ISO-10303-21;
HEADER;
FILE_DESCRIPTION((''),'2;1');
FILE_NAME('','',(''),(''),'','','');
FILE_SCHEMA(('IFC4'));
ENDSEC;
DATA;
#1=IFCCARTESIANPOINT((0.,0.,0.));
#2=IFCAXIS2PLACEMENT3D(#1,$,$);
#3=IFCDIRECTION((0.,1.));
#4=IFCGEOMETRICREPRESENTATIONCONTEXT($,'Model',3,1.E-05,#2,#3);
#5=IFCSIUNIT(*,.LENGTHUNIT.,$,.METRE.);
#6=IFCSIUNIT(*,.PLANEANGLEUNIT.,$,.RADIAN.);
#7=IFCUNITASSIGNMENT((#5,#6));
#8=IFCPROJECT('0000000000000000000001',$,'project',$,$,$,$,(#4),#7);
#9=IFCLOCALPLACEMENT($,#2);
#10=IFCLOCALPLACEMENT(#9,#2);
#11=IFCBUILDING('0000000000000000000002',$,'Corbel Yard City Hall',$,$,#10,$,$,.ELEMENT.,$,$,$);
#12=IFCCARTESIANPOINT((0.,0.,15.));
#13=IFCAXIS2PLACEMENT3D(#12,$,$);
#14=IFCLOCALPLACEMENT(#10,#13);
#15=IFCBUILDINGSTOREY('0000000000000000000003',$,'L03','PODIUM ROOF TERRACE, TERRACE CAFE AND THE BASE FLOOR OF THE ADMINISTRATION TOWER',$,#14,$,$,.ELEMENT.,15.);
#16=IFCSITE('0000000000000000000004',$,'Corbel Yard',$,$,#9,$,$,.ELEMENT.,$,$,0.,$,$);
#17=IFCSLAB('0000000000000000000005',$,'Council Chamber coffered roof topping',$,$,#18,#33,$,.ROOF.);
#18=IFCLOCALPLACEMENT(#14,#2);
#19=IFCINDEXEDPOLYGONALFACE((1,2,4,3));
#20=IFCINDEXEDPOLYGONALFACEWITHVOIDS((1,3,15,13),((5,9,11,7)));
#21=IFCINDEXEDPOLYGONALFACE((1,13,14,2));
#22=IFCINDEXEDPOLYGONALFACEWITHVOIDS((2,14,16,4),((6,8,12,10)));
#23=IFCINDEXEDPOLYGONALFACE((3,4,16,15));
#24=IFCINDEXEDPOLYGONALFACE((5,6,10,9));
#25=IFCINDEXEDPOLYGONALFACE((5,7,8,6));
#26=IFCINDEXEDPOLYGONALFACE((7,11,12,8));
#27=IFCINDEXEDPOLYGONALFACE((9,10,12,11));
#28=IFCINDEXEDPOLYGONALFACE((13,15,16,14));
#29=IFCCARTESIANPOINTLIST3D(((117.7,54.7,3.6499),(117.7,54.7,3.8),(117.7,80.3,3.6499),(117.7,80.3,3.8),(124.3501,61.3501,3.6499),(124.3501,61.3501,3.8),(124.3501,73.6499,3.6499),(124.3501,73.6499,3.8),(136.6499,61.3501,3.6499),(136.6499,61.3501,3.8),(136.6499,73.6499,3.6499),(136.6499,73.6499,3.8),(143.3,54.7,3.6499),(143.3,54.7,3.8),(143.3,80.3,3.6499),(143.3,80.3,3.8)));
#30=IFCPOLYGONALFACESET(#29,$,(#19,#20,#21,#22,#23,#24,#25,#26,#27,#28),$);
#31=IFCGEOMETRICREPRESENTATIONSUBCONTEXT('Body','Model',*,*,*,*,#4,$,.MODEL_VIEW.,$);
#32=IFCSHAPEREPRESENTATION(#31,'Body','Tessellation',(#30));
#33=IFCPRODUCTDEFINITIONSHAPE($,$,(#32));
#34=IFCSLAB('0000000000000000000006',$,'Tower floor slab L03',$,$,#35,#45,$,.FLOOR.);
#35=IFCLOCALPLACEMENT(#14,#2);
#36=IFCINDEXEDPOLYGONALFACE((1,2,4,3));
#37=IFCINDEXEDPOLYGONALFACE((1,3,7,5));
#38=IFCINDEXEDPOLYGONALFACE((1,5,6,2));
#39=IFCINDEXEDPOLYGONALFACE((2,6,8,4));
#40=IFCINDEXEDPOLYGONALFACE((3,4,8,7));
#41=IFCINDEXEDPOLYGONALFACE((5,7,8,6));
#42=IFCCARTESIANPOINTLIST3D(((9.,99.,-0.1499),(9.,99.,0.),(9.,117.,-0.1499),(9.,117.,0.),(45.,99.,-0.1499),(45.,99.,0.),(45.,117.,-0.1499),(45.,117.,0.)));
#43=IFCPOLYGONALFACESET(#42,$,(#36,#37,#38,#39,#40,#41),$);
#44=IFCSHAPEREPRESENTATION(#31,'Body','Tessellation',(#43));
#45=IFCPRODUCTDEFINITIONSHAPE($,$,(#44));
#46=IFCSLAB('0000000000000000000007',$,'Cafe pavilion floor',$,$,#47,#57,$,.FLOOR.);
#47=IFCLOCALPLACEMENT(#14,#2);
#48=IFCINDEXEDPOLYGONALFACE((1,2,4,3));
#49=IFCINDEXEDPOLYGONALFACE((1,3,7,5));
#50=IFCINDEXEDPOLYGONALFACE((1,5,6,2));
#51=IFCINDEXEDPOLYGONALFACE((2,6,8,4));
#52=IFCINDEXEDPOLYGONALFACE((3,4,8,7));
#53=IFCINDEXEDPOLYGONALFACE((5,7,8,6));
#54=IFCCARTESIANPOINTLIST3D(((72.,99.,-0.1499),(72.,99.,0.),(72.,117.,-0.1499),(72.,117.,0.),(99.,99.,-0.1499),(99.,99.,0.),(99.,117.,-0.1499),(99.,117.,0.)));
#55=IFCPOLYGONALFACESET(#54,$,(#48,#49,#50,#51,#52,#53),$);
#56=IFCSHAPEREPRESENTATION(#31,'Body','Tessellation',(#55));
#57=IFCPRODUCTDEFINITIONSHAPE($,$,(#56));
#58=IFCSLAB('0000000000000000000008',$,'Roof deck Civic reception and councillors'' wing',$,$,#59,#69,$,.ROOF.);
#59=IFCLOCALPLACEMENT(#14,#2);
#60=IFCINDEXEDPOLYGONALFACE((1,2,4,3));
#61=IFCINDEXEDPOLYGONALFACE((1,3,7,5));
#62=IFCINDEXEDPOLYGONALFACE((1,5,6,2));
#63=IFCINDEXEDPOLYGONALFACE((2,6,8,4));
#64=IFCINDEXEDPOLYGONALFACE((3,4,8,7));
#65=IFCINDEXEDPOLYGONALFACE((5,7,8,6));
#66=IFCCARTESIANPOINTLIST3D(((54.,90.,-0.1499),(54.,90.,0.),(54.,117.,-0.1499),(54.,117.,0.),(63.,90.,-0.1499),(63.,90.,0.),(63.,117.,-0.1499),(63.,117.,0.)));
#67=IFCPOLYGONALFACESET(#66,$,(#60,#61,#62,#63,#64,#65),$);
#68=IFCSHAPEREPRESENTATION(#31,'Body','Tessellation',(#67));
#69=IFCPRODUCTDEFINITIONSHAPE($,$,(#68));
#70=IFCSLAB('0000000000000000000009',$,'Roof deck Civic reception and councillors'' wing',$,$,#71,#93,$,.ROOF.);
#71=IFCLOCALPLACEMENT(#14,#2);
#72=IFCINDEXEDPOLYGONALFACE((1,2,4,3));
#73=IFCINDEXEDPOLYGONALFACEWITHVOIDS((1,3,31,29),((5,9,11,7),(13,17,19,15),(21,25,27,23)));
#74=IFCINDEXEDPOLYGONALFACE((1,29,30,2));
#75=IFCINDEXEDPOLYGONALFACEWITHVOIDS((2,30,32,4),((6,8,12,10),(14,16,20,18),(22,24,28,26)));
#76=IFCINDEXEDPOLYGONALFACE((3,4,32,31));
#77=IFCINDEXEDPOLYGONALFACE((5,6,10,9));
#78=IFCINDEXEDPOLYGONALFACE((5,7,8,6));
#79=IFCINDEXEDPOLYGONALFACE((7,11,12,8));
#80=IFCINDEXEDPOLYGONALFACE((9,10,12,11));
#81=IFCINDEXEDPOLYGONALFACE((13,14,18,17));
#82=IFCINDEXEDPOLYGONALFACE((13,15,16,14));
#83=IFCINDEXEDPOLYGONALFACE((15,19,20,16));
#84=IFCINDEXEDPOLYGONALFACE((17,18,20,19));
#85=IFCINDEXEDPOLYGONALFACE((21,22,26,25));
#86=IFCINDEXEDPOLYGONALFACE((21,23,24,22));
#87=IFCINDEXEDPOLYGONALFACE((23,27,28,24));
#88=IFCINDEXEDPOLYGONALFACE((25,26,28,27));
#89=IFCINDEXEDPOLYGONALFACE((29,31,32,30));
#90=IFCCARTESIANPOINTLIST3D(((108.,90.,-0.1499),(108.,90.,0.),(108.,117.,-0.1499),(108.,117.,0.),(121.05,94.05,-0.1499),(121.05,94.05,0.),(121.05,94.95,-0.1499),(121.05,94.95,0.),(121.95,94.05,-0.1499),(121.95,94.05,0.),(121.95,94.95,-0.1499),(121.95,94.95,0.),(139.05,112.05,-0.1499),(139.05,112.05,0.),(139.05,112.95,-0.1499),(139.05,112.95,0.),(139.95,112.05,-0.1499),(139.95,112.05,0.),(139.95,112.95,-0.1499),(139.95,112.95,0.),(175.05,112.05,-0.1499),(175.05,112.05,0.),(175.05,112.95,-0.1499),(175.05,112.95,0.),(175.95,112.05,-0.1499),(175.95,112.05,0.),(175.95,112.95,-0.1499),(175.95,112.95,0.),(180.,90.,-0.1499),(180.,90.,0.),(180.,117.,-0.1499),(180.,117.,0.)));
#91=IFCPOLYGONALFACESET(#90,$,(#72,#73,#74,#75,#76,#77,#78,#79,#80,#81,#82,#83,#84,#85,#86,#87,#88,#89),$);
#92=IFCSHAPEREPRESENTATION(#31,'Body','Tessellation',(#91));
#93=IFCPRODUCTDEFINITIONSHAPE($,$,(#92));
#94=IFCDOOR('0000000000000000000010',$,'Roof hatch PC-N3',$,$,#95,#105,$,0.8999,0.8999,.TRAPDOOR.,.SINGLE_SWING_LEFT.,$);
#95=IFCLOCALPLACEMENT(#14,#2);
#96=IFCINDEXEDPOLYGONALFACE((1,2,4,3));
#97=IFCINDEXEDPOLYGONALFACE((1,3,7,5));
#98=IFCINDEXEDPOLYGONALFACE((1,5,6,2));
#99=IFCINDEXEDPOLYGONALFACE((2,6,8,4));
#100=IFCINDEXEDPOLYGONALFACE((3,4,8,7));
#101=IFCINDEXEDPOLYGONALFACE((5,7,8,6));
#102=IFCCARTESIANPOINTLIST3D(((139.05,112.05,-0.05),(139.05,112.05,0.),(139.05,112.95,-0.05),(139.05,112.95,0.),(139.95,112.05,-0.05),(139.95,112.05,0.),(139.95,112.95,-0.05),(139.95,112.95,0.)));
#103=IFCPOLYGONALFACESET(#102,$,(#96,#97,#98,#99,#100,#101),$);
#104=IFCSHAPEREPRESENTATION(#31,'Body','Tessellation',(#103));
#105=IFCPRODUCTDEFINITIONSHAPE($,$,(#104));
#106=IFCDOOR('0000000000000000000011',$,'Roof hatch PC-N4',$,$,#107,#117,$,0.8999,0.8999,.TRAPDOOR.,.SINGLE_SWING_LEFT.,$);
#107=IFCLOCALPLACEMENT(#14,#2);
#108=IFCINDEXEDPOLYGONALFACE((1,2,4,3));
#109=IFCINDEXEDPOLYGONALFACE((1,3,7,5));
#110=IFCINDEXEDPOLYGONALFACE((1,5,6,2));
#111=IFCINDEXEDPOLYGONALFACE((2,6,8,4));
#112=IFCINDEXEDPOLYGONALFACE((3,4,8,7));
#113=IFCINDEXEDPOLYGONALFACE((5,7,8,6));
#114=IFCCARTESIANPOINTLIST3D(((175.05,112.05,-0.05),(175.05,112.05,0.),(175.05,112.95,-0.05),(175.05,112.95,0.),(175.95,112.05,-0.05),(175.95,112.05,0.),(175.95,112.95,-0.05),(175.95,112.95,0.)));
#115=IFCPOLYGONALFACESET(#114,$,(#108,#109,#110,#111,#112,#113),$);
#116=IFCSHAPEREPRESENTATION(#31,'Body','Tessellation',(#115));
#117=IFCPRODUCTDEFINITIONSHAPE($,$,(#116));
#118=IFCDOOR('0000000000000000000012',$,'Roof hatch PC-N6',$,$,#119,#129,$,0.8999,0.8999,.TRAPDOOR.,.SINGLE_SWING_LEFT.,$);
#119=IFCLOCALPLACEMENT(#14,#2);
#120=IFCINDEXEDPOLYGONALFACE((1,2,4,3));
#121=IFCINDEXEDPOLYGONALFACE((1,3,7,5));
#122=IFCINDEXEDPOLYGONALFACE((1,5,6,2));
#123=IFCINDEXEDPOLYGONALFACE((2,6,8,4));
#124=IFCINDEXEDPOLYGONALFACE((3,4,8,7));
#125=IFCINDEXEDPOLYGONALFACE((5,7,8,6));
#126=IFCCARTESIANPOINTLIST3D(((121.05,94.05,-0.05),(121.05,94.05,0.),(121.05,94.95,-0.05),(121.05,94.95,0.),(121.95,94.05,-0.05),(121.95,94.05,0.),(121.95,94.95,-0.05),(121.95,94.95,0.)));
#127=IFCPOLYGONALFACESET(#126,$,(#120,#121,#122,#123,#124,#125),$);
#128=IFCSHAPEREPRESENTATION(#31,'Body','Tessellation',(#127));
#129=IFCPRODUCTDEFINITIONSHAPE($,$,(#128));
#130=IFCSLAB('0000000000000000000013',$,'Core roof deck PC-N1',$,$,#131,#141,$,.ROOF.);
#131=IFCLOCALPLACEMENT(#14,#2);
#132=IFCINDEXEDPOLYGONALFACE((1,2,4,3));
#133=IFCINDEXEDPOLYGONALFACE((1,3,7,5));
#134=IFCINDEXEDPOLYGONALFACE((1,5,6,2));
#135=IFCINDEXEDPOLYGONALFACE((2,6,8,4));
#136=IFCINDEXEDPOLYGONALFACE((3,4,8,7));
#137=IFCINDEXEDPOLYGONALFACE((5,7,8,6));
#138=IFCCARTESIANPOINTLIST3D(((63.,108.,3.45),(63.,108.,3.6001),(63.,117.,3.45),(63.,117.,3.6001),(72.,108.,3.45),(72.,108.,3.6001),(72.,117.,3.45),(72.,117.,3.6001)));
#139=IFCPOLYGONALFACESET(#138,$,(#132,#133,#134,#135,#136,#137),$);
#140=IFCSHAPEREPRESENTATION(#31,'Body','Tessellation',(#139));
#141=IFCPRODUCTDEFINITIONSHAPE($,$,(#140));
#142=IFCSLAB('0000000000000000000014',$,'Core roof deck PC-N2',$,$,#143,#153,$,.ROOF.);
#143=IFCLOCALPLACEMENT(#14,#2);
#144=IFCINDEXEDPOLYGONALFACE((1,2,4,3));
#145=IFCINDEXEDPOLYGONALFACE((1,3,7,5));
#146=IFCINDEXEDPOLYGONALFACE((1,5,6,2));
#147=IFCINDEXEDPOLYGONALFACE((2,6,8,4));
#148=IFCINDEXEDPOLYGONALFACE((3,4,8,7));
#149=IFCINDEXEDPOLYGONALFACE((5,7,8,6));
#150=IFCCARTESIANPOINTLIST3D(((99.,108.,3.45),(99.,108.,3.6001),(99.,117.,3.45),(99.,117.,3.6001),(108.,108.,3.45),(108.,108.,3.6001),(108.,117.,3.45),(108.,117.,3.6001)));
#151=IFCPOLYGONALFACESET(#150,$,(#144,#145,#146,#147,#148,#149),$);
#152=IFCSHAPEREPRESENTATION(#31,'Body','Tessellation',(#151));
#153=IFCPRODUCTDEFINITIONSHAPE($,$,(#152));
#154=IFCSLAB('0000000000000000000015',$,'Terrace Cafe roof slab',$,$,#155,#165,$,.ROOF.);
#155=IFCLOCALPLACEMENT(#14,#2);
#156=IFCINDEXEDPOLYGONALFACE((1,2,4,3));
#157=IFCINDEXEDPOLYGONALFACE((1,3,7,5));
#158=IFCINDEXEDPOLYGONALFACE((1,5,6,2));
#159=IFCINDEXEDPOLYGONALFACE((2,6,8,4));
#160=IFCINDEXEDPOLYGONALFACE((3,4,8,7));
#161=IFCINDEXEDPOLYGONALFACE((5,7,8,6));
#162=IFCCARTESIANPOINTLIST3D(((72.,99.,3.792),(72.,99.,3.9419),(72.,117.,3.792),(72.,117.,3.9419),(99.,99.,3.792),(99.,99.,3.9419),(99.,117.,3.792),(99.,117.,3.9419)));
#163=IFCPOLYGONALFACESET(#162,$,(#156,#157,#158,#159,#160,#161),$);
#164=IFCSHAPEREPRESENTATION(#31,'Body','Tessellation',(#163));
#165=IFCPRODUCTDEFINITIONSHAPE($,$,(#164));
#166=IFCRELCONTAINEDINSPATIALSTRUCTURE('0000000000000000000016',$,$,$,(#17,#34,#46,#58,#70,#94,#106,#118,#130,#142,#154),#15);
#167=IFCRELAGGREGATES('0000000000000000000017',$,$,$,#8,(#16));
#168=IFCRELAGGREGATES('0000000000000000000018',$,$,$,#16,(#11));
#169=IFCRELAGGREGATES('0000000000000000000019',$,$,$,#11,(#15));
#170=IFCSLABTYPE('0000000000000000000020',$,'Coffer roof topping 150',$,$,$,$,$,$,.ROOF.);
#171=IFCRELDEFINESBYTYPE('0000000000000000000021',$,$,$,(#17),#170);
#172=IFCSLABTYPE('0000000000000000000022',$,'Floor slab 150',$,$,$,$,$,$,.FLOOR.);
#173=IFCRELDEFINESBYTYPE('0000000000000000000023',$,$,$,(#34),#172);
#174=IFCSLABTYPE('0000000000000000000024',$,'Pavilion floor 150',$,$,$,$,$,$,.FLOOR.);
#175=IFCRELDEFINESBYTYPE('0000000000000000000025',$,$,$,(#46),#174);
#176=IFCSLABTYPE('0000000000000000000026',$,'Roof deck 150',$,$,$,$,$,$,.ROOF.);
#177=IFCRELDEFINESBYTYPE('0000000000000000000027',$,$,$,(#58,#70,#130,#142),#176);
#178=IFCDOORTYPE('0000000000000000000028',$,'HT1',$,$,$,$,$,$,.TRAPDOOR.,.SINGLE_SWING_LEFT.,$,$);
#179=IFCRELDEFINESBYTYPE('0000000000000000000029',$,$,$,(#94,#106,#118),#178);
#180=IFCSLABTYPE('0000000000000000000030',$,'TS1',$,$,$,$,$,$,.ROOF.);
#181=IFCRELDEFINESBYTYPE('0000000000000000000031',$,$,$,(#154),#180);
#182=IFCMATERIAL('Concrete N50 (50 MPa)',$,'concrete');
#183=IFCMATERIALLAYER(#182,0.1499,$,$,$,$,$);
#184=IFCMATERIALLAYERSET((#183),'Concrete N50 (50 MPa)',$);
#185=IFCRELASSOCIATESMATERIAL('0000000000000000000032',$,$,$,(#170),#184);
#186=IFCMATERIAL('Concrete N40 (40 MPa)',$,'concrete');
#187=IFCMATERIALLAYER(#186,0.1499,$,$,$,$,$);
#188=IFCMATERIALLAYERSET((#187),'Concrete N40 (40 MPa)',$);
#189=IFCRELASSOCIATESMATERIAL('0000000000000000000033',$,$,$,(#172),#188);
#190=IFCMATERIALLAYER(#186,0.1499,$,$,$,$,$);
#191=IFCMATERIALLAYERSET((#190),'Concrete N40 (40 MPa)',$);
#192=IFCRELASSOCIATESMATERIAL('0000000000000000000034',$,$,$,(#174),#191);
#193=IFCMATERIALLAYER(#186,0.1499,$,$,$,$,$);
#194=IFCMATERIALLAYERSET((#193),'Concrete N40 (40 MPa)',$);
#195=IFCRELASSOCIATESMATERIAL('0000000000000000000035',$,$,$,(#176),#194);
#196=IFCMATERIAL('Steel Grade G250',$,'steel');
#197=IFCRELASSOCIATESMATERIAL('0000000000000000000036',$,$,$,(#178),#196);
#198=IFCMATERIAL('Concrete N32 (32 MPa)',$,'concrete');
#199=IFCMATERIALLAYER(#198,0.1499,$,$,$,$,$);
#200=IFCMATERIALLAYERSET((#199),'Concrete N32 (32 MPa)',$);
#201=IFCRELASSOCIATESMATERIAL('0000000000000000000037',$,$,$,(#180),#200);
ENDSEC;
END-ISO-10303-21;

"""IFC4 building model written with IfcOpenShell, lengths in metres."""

from ifc_helpers import new_model, si_unit, direction, frame, origin, origin_2d, place, context, subcontext, project, spatial, polyline, rectangle, outline, extrude, material, layer, layer_set, type_object, element, fill, save


model = new_model("IFC4")

# Units and contexts
model_context = context("Model", 3, precision=1e-05, world=origin(), true_north=direction((0.0, 1.0)))
body_context = subcontext(model_context, "Body", "Model", "MODEL_VIEW")
ifc_project = project(units=[si_unit("LENGTHUNIT", "METRE"), si_unit("PLANEANGLEUNIT", "RADIAN")], contexts=[model_context])

# Site, building, storey
site_placement = place(None, origin())
site = spatial("IfcSite", under=ifc_project, at=site_placement, Name="Corbel Yard", CompositionType="ELEMENT", RefElevation=0.0)
building_placement = place(site_placement, origin())
building = spatial("IfcBuilding", under=site, at=building_placement, Name="Corbel Yard City Hall", CompositionType="ELEMENT")
storey_placement = place(building_placement, frame((0.0, 0.0, 15.0)))
storey = spatial("IfcBuildingStorey", under=building, at=storey_placement, Name="L03", Description="PODIUM ROOF TERRACE, TERRACE CAFE AND THE BASE FLOOR OF THE ADMINISTRATION TOWER", CompositionType="ELEMENT", Elevation=15.0)

# Slabs
ifc_material_1 = material(Name="Concrete N50 (50 MPa)", Category="concrete")
ifc_layer_1 = layer(ifc_material_1, 0.1499)
ifc_layer_set_1 = layer_set([ifc_layer_1], Name="Concrete N50 (50 MPa)")
slab_type_1 = type_object("IfcSlabType", Name="Coffer roof topping 150", PredefinedType="ROOF", material=ifc_layer_set_1)
slab_1_placement = place(storey_placement, frame((0.0, 0.0, 3.6499)))
element("IfcSlab", 1, at=slab_1_placement, inside=storey, type_object=slab_type_1, Name="Council Chamber coffered roof topping", PredefinedType="ROOF", context=body_context, shape_type="SweptSolid", body=[
    extrude(outline(polyline([(117.7, 54.7), (143.3, 54.7), (143.3, 80.3), (117.7, 80.3), (117.7, 54.7)]), holes=[polyline([(136.6499, 73.6499), (136.6499, 61.3501), (124.3501, 61.3501), (124.3501, 73.6499), (136.6499, 73.6499)])]), origin(), (0.0, 0.0, 1.0), 0.1501),
])
ifc_material_2 = material(Name="Concrete N40 (40 MPa)", Category="concrete")
ifc_layer_2 = layer(ifc_material_2, 0.1499)
ifc_layer_set_2 = layer_set([ifc_layer_2], Name="Concrete N40 (40 MPa)")
slab_type_2 = type_object("IfcSlabType", Name="Floor slab 150", PredefinedType="FLOOR", material=ifc_layer_set_2)
slab_2_placement = place(storey_placement, frame((0.0, 0.0, -0.1499)))
element("IfcSlab", 2, at=slab_2_placement, inside=storey, type_object=slab_type_2, Name="Tower floor slab L03", PredefinedType="FLOOR", context=body_context, shape_type="SweptSolid", body=[
    extrude(outline(polyline([(45.0, 99.0), (45.0, 117.0), (9.0, 117.0), (9.0, 99.0), (45.0, 99.0)])), origin(), (0.0, 0.0, 1.0), 0.1499),
])
ifc_layer_3 = layer(ifc_material_2, 0.1499)
ifc_layer_set_3 = layer_set([ifc_layer_3], Name="Concrete N40 (40 MPa)")
slab_type_3 = type_object("IfcSlabType", Name="Pavilion floor 150", PredefinedType="FLOOR", material=ifc_layer_set_3)
slab_3_placement = place(storey_placement, frame((0.0, 0.0, -0.1499)))
element("IfcSlab", 3, at=slab_3_placement, inside=storey, type_object=slab_type_3, Name="Cafe pavilion floor", PredefinedType="FLOOR", context=body_context, shape_type="SweptSolid", body=[
    extrude(outline(polyline([(99.0, 99.0), (99.0, 117.0), (72.0, 117.0), (72.0, 99.0), (99.0, 99.0)])), origin(), (0.0, 0.0, 1.0), 0.1499),
])
ifc_layer_4 = layer(ifc_material_2, 0.1499)
ifc_layer_set_4 = layer_set([ifc_layer_4], Name="Concrete N40 (40 MPa)")
slab_type_4 = type_object("IfcSlabType", Name="Roof deck 150", PredefinedType="ROOF", material=ifc_layer_set_4)
slab_4_placement = place(storey_placement, frame((0.0, 0.0, -0.1499)))
element("IfcSlab", 4, at=slab_4_placement, inside=storey, type_object=slab_type_4, Name="Roof deck Civic reception and councillors' wing", PredefinedType="ROOF", context=body_context, shape_type="SweptSolid", body=[
    extrude(outline(polyline([(54.0, 90.0), (63.0, 90.0), (63.0, 117.0), (54.0, 117.0), (54.0, 90.0)])), origin(), (0.0, 0.0, 1.0), 0.1499),
])

# Slab, openings, doors
slab_5_placement = place(storey_placement, frame((0.0, 0.0, -0.1499)))
slab_5 = element("IfcSlab", 5, at=slab_5_placement, inside=storey, type_object=slab_type_4, Name="Roof deck Civic reception and councillors' wing", PredefinedType="ROOF", context=body_context, shape_type="SweptSolid", body=[
    extrude(outline(polyline([(180.0, 117.0), (108.0, 117.0), (108.0, 90.0), (180.0, 90.0), (180.0, 117.0)])), origin(), (0.0, 0.0, 1.0), 0.1499),
])
opening_1_placement = place(slab_5_placement, frame((139.5, 112.5, 0.0)))
opening_1 = element("IfcOpeningElement", 6, at=opening_1_placement, cuts=slab_5, PredefinedType="OPENING", context=body_context, shape_type="SweptSolid", body=[
    extrude(rectangle(XDim=0.8999, YDim=0.8999, at=origin_2d()), frame((0.0, 0.0, -0.01)), (0.0, 0.0, 1.0), 0.1699),
])
opening_2_placement = place(slab_5_placement, frame((175.5, 112.5, 0.0)))
opening_2 = element("IfcOpeningElement", 7, at=opening_2_placement, cuts=slab_5, PredefinedType="OPENING", context=body_context, shape_type="SweptSolid", body=[
    extrude(rectangle(XDim=0.8999, YDim=0.8999, at=origin_2d()), frame((0.0, 0.0, -0.01)), (0.0, 0.0, 1.0), 0.1699),
])
opening_3_placement = place(slab_5_placement, frame((121.5, 94.5, 0.0)))
opening_3 = element("IfcOpeningElement", 8, at=opening_3_placement, cuts=slab_5, PredefinedType="OPENING", context=body_context, shape_type="SweptSolid", body=[
    extrude(rectangle(XDim=0.8999, YDim=0.8999, at=origin_2d()), frame((0.0, 0.0, -0.01)), (0.0, 0.0, 1.0), 0.1699),
])
ifc_material_3 = material(Name="Steel Grade G250", Category="steel")
door_type = type_object("IfcDoorType", Name="HT1", OperationType="SINGLE_SWING_LEFT", PredefinedType="TRAPDOOR", material=ifc_material_3)
door_1_placement = place(opening_1_placement, frame((0.0, 0.0, 0.0999)))
door_1 = element("IfcDoor", 9, at=door_1_placement, inside=storey, type_object=door_type, Name="Roof hatch PC-N3", OperationType="SINGLE_SWING_LEFT", OverallHeight=0.8999, OverallWidth=0.8999, PredefinedType="TRAPDOOR", context=body_context, shape_type="SweptSolid", body=[
    extrude(rectangle(XDim=0.8999, YDim=0.8999, at=origin_2d()), origin(), (0.0, 0.0, 1.0), 0.05),
])
fill(opening_1, door_1)
door_2_placement = place(opening_2_placement, frame((0.0, 0.0, 0.0999)))
door_2 = element("IfcDoor", 10, at=door_2_placement, inside=storey, type_object=door_type, Name="Roof hatch PC-N4", OperationType="SINGLE_SWING_LEFT", OverallHeight=0.8999, OverallWidth=0.8999, PredefinedType="TRAPDOOR", context=body_context, shape_type="SweptSolid", body=[
    extrude(rectangle(XDim=0.8999, YDim=0.8999, at=origin_2d()), origin(), (0.0, 0.0, 1.0), 0.05),
])
fill(opening_2, door_2)
door_3_placement = place(opening_3_placement, frame((0.0, 0.0, 0.0999)))
door_3 = element("IfcDoor", 11, at=door_3_placement, inside=storey, type_object=door_type, Name="Roof hatch PC-N6", OperationType="SINGLE_SWING_LEFT", OverallHeight=0.8999, OverallWidth=0.8999, PredefinedType="TRAPDOOR", context=body_context, shape_type="SweptSolid", body=[
    extrude(rectangle(XDim=0.8999, YDim=0.8999, at=origin_2d()), origin(), (0.0, 0.0, 1.0), 0.05),
])
fill(opening_3, door_3)

# Slabs
slab_6_placement = place(storey_placement, frame((0.0, 0.0, 3.45)))
element("IfcSlab", 12, at=slab_6_placement, inside=storey, type_object=slab_type_4, Name="Core roof deck PC-N1", PredefinedType="ROOF", context=body_context, shape_type="SweptSolid", body=[
    extrude(outline(polyline([(72.0, 108.0), (72.0, 117.0), (63.0, 117.0), (63.0, 108.0), (72.0, 108.0)])), origin(), (0.0, 0.0, 1.0), 0.1501),
])
slab_7_placement = place(storey_placement, frame((0.0, 0.0, 3.45)))
element("IfcSlab", 13, at=slab_7_placement, inside=storey, type_object=slab_type_4, Name="Core roof deck PC-N2", PredefinedType="ROOF", context=body_context, shape_type="SweptSolid", body=[
    extrude(outline(polyline([(108.0, 108.0), (108.0, 117.0), (99.0, 117.0), (99.0, 108.0), (108.0, 108.0)])), origin(), (0.0, 0.0, 1.0), 0.1501),
])
ifc_material_4 = material(Name="Concrete N32 (32 MPa)", Category="concrete")
ifc_layer_5 = layer(ifc_material_4, 0.1499)
ifc_layer_set_5 = layer_set([ifc_layer_5], Name="Concrete N32 (32 MPa)")
slab_type_5 = type_object("IfcSlabType", Name="TS1", PredefinedType="ROOF", material=ifc_layer_set_5)
slab_8_placement = place(storey_placement, frame((0.0, 0.0, 3.792)))
element("IfcSlab", 14, at=slab_8_placement, inside=storey, type_object=slab_type_5, Name="Terrace Cafe roof slab", PredefinedType="ROOF", context=body_context, shape_type="SweptSolid", body=[
    extrude(outline(polyline([(72.0, 99.0), (99.0, 99.0), (99.0, 117.0), (72.0, 117.0), (72.0, 99.0)])), origin(), (0.0, 0.0, 1.0), 0.1499),
])

save(model, "model.ifc")
